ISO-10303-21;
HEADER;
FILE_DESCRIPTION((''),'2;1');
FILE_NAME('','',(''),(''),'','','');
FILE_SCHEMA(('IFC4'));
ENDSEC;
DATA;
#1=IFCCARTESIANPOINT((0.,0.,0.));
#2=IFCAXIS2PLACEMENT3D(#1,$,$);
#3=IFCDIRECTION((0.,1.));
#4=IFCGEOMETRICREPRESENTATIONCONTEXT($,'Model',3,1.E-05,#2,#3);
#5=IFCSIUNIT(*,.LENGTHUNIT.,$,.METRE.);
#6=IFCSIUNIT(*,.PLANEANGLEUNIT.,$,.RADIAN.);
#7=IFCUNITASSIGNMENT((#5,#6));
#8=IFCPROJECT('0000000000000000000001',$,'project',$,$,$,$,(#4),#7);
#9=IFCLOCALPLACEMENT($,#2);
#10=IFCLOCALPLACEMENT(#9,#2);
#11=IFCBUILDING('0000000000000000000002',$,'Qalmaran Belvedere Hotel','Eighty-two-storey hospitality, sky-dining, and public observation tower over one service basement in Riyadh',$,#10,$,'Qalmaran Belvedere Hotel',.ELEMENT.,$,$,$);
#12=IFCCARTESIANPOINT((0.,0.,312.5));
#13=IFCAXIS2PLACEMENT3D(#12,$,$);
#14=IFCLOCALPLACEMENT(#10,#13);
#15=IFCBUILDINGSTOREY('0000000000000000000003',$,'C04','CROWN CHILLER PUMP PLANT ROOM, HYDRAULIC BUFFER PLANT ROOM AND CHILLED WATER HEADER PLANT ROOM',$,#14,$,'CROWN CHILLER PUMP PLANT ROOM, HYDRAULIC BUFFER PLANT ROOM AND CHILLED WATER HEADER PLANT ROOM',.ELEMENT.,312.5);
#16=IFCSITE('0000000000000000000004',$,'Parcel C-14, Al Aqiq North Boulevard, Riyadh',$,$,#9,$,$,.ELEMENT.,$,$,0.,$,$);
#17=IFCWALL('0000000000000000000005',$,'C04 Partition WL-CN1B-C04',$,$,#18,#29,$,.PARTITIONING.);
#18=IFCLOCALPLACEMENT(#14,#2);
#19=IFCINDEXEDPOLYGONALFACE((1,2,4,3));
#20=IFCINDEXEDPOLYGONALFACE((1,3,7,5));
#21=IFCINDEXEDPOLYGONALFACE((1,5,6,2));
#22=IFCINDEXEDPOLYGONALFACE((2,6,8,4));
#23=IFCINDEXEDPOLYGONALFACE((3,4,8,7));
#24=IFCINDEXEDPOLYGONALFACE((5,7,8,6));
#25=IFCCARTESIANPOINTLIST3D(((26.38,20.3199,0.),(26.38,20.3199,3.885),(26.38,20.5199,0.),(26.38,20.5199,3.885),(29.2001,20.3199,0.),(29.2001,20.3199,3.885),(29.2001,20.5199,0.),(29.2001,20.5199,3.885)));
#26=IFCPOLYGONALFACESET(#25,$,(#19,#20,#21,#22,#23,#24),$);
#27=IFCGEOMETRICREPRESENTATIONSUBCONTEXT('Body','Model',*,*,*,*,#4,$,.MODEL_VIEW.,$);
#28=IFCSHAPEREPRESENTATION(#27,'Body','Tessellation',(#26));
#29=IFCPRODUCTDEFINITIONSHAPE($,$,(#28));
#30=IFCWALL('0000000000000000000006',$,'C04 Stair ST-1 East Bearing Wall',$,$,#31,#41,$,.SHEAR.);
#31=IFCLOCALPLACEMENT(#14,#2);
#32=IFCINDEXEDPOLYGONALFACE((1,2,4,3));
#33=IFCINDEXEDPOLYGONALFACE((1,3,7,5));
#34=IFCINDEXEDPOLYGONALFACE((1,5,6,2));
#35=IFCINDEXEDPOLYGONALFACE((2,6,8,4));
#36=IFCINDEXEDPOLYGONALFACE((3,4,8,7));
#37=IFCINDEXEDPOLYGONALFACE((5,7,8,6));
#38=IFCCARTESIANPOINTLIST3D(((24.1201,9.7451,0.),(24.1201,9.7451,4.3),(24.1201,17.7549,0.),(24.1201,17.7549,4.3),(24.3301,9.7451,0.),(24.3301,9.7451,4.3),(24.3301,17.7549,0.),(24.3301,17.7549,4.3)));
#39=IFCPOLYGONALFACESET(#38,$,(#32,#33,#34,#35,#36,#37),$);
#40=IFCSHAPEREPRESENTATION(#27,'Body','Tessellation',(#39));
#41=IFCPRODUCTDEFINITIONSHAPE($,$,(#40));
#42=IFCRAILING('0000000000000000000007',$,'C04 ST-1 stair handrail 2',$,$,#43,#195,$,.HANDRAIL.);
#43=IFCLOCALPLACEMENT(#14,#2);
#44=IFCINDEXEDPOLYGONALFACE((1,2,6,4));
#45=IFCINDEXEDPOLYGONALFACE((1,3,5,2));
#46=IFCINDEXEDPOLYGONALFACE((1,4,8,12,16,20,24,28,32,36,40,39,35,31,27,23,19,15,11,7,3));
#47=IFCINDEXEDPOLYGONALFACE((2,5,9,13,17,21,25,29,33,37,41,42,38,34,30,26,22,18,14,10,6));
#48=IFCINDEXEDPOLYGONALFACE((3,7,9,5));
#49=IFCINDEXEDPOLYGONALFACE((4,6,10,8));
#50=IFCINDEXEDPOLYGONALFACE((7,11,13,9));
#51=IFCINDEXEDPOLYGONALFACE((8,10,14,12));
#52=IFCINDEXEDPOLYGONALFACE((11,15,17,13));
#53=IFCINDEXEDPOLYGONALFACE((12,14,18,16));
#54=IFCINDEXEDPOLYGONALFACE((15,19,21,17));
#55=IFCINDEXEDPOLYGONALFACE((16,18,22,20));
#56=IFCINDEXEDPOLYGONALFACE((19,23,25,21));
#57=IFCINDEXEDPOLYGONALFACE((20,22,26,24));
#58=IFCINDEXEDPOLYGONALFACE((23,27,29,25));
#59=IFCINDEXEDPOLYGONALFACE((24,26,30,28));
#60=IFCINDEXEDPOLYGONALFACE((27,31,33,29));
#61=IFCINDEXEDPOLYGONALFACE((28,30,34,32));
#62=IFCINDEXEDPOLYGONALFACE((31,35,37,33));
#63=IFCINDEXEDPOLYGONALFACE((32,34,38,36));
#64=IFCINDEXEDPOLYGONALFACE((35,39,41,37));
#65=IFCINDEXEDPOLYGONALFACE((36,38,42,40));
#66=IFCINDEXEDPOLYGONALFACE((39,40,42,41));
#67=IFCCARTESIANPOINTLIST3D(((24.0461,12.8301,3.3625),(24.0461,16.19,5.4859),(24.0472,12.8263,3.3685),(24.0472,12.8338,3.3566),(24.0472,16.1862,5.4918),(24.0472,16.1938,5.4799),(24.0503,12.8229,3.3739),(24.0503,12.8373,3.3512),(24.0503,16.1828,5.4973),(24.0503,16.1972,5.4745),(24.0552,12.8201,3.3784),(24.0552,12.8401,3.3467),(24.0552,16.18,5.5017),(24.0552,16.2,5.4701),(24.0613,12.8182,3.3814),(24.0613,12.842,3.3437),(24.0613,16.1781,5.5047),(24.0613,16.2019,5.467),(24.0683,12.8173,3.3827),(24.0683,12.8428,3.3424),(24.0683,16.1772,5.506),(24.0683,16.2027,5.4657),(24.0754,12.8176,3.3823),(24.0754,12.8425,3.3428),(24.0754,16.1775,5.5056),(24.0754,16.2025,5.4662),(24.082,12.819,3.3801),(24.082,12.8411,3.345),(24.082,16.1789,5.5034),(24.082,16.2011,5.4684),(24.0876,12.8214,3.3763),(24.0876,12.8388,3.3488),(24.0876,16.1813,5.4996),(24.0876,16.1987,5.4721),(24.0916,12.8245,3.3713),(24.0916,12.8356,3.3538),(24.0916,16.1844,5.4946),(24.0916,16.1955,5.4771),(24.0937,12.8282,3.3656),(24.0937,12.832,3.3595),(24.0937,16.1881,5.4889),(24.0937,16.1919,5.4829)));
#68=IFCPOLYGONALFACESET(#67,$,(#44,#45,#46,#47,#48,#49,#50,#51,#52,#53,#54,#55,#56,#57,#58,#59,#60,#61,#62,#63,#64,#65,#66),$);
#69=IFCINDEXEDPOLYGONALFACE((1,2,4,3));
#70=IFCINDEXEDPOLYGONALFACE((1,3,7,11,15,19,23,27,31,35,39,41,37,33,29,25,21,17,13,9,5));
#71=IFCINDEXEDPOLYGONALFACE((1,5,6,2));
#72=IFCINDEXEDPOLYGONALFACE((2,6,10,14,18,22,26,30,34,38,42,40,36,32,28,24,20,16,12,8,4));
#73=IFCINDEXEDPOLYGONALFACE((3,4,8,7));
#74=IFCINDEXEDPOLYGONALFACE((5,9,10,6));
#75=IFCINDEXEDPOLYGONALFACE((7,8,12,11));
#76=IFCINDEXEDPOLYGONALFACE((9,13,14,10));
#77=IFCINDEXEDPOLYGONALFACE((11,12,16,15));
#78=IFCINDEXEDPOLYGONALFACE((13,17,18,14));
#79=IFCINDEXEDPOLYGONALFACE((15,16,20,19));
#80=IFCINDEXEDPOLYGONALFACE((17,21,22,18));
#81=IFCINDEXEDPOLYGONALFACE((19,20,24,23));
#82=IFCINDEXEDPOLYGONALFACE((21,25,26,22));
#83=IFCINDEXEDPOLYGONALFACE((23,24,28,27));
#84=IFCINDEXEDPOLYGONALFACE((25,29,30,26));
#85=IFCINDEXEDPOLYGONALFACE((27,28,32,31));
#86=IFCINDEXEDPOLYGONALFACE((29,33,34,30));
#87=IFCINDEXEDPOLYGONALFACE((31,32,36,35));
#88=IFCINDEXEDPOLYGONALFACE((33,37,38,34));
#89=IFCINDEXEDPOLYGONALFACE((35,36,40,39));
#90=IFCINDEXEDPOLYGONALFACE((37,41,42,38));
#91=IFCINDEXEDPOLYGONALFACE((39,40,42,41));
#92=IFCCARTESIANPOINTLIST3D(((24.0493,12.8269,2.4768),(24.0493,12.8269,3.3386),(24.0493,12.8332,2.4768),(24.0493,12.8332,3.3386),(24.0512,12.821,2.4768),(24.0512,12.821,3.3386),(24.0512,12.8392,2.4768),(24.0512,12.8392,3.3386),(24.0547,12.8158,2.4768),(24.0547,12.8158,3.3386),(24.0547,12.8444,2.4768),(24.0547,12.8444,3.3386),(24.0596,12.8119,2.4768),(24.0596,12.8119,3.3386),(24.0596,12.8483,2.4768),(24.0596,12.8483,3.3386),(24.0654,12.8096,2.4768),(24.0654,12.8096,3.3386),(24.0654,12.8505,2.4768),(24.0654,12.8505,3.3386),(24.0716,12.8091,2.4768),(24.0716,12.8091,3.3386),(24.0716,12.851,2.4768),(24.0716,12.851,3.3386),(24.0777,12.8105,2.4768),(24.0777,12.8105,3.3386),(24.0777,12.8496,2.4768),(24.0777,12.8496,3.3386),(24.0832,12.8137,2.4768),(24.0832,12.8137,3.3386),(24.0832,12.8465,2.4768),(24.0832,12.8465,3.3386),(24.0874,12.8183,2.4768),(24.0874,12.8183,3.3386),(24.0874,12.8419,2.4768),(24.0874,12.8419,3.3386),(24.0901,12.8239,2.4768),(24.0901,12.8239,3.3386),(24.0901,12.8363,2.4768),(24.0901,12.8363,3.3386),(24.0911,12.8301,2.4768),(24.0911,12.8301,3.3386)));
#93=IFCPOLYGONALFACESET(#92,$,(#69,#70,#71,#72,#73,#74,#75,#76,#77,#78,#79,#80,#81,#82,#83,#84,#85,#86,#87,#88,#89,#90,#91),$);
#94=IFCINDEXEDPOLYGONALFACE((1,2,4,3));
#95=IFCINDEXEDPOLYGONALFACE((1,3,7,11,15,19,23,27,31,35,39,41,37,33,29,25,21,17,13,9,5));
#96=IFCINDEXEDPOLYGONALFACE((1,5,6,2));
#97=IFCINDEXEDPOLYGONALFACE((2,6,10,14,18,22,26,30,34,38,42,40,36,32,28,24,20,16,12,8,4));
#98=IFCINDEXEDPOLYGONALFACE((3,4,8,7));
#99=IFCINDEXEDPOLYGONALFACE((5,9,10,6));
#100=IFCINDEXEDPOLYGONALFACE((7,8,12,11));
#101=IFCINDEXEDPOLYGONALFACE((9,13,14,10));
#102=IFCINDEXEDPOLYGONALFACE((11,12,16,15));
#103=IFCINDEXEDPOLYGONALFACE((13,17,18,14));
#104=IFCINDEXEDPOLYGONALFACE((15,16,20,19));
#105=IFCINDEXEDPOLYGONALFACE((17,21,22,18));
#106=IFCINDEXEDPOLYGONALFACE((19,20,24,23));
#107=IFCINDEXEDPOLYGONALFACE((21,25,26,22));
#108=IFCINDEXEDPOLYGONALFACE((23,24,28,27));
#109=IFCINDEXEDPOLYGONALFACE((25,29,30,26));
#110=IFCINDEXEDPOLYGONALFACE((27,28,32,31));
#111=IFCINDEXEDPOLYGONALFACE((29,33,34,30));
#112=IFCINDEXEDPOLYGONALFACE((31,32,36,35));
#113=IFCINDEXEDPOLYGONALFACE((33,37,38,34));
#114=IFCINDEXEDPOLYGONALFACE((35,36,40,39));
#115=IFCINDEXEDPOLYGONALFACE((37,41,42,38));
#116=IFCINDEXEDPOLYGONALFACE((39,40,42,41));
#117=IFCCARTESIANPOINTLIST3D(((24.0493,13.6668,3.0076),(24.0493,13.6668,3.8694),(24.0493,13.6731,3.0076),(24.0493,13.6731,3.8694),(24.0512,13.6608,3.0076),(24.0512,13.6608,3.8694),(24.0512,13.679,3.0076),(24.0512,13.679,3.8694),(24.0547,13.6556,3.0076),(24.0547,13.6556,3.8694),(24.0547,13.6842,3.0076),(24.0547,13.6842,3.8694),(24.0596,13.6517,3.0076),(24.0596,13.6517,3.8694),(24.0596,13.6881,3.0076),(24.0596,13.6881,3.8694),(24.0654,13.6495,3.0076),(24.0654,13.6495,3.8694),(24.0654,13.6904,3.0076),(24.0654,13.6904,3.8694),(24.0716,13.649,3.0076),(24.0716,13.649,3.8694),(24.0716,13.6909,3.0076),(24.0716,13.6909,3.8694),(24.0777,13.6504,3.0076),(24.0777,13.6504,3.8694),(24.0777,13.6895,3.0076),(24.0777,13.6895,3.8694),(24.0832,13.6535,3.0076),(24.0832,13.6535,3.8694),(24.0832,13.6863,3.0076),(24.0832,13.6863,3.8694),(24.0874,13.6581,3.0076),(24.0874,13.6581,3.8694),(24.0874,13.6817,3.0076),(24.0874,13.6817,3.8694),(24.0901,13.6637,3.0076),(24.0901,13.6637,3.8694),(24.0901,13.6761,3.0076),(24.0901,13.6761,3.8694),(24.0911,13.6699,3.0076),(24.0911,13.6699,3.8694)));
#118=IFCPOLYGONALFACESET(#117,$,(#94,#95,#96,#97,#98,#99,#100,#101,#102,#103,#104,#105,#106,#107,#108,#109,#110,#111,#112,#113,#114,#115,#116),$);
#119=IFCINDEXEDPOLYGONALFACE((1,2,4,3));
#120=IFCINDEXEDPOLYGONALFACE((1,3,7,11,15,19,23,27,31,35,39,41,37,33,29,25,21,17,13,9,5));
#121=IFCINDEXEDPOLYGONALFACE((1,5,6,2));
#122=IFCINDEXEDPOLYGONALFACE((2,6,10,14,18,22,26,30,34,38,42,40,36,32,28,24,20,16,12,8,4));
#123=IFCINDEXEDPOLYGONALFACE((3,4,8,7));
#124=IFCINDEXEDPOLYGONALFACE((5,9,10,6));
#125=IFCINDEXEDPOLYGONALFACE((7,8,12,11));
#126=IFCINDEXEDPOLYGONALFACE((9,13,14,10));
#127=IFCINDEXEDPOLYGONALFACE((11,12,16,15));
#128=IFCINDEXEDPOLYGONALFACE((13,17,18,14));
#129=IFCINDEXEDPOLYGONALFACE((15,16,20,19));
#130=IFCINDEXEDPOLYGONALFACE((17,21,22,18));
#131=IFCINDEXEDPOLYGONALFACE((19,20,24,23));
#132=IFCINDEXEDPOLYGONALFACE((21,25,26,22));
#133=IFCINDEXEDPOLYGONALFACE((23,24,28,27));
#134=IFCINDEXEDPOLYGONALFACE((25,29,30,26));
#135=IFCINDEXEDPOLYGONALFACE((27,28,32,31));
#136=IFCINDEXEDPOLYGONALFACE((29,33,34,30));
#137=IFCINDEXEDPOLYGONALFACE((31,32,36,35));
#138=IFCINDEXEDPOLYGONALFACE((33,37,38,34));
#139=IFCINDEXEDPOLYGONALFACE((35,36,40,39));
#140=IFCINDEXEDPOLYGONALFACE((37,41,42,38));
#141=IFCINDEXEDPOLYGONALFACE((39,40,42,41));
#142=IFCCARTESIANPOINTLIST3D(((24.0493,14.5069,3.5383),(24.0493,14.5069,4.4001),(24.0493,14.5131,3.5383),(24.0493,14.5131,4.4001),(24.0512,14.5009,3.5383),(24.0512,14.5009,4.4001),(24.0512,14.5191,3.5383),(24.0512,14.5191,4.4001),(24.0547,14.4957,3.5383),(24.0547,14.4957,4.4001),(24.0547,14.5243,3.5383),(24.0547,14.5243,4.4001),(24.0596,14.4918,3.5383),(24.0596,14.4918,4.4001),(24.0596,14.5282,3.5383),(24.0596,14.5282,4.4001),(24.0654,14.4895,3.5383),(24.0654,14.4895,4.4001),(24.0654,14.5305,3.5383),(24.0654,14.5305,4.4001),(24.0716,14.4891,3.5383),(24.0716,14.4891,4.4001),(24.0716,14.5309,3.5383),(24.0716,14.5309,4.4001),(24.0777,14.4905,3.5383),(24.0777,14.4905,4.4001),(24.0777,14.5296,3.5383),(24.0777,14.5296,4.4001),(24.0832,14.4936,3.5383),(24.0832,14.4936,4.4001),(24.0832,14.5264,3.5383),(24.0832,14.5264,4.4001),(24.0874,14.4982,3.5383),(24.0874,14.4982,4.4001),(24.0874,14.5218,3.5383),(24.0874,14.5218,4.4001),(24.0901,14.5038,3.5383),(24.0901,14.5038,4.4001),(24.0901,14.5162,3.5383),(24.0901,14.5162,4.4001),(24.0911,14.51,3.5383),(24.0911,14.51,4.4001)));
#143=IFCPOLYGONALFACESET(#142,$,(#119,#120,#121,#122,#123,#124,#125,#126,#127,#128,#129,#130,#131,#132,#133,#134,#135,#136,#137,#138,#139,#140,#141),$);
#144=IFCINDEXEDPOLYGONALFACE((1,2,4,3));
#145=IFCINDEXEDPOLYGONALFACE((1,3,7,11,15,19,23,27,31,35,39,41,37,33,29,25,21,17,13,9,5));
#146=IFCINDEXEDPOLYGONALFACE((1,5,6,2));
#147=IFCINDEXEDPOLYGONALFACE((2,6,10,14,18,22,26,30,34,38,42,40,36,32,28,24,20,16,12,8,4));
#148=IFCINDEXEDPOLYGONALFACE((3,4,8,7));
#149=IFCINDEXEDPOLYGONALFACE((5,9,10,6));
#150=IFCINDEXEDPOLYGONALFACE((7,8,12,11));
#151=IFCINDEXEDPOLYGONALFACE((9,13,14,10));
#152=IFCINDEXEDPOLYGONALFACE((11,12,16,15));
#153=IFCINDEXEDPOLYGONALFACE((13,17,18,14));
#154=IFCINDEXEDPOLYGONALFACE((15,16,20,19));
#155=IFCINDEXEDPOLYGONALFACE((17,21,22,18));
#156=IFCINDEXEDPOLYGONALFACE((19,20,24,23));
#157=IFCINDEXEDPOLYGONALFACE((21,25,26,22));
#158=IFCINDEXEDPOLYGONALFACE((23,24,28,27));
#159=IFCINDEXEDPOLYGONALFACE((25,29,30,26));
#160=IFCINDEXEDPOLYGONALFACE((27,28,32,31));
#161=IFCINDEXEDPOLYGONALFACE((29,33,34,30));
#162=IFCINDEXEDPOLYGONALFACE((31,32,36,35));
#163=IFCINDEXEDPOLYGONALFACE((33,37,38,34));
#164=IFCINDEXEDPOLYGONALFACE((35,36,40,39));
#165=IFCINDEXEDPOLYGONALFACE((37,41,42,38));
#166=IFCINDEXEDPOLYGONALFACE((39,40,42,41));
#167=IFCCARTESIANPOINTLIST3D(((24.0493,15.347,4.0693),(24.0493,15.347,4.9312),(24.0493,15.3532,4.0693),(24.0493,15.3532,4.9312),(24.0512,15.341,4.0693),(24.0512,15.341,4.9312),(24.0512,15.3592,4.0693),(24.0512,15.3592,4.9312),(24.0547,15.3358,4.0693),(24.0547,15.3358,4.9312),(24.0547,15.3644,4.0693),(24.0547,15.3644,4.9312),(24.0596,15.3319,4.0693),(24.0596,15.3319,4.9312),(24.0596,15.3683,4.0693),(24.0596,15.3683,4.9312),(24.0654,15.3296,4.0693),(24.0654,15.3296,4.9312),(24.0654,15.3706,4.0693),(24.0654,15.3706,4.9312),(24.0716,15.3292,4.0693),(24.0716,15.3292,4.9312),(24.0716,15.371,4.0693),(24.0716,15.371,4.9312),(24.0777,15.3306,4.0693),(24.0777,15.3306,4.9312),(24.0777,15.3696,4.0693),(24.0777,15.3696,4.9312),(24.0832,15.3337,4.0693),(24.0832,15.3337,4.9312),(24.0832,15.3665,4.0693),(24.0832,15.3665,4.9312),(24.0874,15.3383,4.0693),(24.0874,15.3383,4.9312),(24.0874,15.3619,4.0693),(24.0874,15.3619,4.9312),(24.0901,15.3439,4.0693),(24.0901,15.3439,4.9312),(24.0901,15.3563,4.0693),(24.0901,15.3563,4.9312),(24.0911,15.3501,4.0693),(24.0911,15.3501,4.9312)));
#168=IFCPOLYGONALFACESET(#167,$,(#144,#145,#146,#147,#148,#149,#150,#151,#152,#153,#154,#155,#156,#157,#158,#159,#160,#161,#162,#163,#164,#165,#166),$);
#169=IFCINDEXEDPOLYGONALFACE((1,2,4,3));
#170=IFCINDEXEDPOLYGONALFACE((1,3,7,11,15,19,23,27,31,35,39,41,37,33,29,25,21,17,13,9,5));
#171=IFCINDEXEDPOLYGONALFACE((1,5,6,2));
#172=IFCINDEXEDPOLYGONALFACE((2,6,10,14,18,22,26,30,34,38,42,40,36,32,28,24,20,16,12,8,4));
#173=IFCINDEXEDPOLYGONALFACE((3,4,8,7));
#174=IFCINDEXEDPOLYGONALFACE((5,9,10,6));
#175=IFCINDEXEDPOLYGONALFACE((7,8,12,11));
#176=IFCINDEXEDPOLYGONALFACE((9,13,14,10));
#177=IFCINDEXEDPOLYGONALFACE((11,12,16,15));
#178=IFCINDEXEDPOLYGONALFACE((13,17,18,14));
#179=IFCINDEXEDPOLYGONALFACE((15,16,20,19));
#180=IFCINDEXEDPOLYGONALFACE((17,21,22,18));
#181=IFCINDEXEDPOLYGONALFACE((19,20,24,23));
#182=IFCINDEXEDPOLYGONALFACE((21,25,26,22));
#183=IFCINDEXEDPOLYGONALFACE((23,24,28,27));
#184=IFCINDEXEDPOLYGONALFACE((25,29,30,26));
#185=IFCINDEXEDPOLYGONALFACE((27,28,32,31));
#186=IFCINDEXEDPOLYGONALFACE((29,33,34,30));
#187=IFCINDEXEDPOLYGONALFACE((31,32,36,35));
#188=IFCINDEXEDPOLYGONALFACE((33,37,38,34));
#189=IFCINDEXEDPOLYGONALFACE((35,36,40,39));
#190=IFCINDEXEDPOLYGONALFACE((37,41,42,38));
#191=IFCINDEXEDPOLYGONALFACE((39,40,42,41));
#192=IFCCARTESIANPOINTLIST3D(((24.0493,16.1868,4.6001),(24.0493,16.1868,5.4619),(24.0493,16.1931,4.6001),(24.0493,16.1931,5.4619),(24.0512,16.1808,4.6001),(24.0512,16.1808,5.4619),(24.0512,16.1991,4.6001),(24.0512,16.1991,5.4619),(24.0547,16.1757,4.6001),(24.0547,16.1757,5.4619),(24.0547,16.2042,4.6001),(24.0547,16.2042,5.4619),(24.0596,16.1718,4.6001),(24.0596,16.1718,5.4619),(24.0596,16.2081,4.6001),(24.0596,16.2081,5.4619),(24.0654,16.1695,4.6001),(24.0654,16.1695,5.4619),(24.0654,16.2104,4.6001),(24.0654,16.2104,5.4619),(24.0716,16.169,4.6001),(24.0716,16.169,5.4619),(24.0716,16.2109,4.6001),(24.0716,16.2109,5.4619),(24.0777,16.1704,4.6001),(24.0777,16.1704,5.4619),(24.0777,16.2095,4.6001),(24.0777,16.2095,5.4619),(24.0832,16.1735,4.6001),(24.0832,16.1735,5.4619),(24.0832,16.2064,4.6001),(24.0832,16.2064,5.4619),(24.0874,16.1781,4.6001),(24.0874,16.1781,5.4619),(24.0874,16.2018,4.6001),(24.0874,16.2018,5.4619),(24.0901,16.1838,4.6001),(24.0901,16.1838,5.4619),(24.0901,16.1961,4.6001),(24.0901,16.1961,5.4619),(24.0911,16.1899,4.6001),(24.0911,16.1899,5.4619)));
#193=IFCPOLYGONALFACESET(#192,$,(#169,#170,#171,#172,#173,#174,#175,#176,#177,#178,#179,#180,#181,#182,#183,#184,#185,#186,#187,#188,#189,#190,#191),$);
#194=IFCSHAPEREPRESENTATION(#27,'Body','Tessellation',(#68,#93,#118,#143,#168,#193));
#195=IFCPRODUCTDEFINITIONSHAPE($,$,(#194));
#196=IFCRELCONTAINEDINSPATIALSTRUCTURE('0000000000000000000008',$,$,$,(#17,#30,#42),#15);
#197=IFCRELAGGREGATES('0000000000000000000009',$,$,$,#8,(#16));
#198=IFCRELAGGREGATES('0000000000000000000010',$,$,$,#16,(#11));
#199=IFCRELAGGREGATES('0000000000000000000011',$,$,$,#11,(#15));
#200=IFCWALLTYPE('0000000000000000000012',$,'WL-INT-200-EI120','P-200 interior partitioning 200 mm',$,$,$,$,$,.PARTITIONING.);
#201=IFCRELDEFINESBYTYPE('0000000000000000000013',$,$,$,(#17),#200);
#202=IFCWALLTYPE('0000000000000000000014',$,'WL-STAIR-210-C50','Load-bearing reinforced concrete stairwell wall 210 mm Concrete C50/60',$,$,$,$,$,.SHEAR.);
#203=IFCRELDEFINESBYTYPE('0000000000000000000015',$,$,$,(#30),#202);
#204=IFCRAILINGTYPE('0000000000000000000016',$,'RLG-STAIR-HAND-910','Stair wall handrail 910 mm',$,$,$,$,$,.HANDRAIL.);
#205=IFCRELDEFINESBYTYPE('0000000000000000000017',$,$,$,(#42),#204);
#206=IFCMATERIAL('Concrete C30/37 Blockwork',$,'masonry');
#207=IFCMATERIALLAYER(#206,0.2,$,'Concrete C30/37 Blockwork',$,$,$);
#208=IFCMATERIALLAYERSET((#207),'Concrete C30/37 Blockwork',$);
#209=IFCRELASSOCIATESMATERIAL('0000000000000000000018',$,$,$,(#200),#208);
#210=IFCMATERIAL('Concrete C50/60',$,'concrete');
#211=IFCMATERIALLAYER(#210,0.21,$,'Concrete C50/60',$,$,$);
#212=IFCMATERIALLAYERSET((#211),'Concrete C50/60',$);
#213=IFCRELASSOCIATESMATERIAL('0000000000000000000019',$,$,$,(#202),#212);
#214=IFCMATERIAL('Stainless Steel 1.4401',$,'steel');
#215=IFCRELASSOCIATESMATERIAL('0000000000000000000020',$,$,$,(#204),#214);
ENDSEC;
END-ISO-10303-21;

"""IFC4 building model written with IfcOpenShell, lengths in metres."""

from ifc_helpers import new_model, si_unit, direction, frame, frame_2d, origin, origin_2d, place, context, subcontext, project, spatial, rectangle, circle, extrude, material, layer, layer_set, type_object, element, save


model = new_model("IFC4")

# Units and contexts
model_context = context("Model", 3, precision=1e-05, world=origin(), true_north=direction((0.0, 1.0)))
body_context = subcontext(model_context, "Body", "Model", "MODEL_VIEW")
ifc_project = project(units=[si_unit("LENGTHUNIT", "METRE"), si_unit("PLANEANGLEUNIT", "RADIAN")], contexts=[model_context])

# Site, building, storey
site_placement = place(None, origin())
site = spatial("IfcSite", under=ifc_project, at=site_placement, Name="Parcel C-14, Al Aqiq North Boulevard, Riyadh", CompositionType="ELEMENT", RefElevation=0.0)
building_placement = place(site_placement, origin())
building = spatial("IfcBuilding", under=site, at=building_placement, Name="Qalmaran Belvedere Hotel", Description="Eighty-two-storey hospitality, sky-dining, and public observation tower over one service basement in Riyadh", LongName="Qalmaran Belvedere Hotel", CompositionType="ELEMENT")
storey_placement = place(building_placement, frame((0.0, 0.0, 312.5)))
storey = spatial("IfcBuildingStorey", under=building, at=storey_placement, Name="C04", Description="CROWN CHILLER PUMP PLANT ROOM, HYDRAULIC BUFFER PLANT ROOM AND CHILLED WATER HEADER PLANT ROOM", LongName="CROWN CHILLER PUMP PLANT ROOM, HYDRAULIC BUFFER PLANT ROOM AND CHILLED WATER HEADER PLANT ROOM", CompositionType="ELEMENT", Elevation=312.5)

# Shared definitions
ifc_material_1 = material(Name="Concrete C50/60", Category="concrete")

# Walls
ifc_material_2 = material(Name="Concrete C30/37 Blockwork", Category="masonry")
ifc_layer_1 = layer(ifc_material_2, 0.2, Name="Concrete C30/37 Blockwork")
ifc_layer_set_1 = layer_set([ifc_layer_1], Name="Concrete C30/37 Blockwork")
wall_type_1 = type_object("IfcWallType", Name="WL-INT-200-EI120", Description="P-200 interior partitioning 200 mm", PredefinedType="PARTITIONING", material=ifc_layer_set_1)
wall_1_placement = place(storey_placement, frame((26.3799, 20.4199, 0.0), z_axis=(0.0, 0.0, 1.0), x_axis=(1.0, 0.0, 0.0)))
element("IfcWall", 1, at=wall_1_placement, inside=storey, type_object=wall_type_1, Name="C04 Partition WL-CN1B-C04", PredefinedType="PARTITIONING", context=body_context, shape_type="SweptSolid", body=[
    extrude(rectangle(XDim=2.8201, YDim=0.2, at=frame_2d((1.4102, 0.0))), origin(), (0.0, 0.0, 1.0), 3.885),
])
ifc_layer_2 = layer(ifc_material_1, 0.21, Name="Concrete C50/60")
ifc_layer_set_2 = layer_set([ifc_layer_2], Name="Concrete C50/60")
wall_type_2 = type_object("IfcWallType", Name="WL-STAIR-210-C50", Description="Load-bearing reinforced concrete stairwell wall 210 mm Concrete C50/60", PredefinedType="SHEAR", material=ifc_layer_set_2)
wall_2_placement = place(storey_placement, frame((24.2251, 9.7451, 0.0), z_axis=(0.0, 0.0, 1.0), x_axis=(0.0, 1.0, 0.0)))
element("IfcWall", 2, at=wall_2_placement, inside=storey, type_object=wall_type_2, Name="C04 Stair ST-1 East Bearing Wall", PredefinedType="SHEAR", context=body_context, shape_type="SweptSolid", body=[
    extrude(rectangle(XDim=8.0098, YDim=0.21, at=frame_2d((4.0049, 0.0))), origin(), (0.0, 0.0, 1.0), 4.3),
])

# Railing
ifc_material_3 = material(Name="Stainless Steel 1.4401", Category="steel")
railing_type = type_object("IfcRailingType", Name="RLG-STAIR-HAND-910", Description="Stair wall handrail 910 mm", PredefinedType="HANDRAIL", material=ifc_material_3)
railing_placement = place(storey_placement, frame((24.0701, 12.8301, 2.4768)))
element("IfcRailing", 3, at=railing_placement, inside=storey, type_object=railing_type, Name="C04 ST-1 stair handrail 2", PredefinedType="HANDRAIL", context=body_context, shape_type="SweptSolid", body=[
    extrude(circle(Radius=0.0239, at=origin_2d()), frame((0.0, 0.0, 0.8857), z_axis=(0.0, 0.845344, 0.534222), x_axis=(-1.0, 0.0, 0.0)), (0.0, 0.0, 1.0), 3.9746),
    extrude(circle(Radius=0.021, at=origin_2d()), origin(), (0.0, 0.0, 1.0), 0.8618),
    extrude(circle(Radius=0.021, at=origin_2d()), frame((0.0, 0.8398, 0.5308)), (0.0, 0.0, 1.0), 0.8618),
    extrude(circle(Radius=0.021, at=origin_2d()), frame((0.0, 1.6799, 1.0615)), (0.0, 0.0, 1.0), 0.8618),
    extrude(circle(Radius=0.021, at=origin_2d()), frame((0.0, 2.52, 1.5925)), (0.0, 0.0, 1.0), 0.8618),
    extrude(circle(Radius=0.021, at=origin_2d()), frame((0.0, 3.3599, 2.1233)), (0.0, 0.0, 1.0), 0.8618),
])

save(model, "model.ifc")
